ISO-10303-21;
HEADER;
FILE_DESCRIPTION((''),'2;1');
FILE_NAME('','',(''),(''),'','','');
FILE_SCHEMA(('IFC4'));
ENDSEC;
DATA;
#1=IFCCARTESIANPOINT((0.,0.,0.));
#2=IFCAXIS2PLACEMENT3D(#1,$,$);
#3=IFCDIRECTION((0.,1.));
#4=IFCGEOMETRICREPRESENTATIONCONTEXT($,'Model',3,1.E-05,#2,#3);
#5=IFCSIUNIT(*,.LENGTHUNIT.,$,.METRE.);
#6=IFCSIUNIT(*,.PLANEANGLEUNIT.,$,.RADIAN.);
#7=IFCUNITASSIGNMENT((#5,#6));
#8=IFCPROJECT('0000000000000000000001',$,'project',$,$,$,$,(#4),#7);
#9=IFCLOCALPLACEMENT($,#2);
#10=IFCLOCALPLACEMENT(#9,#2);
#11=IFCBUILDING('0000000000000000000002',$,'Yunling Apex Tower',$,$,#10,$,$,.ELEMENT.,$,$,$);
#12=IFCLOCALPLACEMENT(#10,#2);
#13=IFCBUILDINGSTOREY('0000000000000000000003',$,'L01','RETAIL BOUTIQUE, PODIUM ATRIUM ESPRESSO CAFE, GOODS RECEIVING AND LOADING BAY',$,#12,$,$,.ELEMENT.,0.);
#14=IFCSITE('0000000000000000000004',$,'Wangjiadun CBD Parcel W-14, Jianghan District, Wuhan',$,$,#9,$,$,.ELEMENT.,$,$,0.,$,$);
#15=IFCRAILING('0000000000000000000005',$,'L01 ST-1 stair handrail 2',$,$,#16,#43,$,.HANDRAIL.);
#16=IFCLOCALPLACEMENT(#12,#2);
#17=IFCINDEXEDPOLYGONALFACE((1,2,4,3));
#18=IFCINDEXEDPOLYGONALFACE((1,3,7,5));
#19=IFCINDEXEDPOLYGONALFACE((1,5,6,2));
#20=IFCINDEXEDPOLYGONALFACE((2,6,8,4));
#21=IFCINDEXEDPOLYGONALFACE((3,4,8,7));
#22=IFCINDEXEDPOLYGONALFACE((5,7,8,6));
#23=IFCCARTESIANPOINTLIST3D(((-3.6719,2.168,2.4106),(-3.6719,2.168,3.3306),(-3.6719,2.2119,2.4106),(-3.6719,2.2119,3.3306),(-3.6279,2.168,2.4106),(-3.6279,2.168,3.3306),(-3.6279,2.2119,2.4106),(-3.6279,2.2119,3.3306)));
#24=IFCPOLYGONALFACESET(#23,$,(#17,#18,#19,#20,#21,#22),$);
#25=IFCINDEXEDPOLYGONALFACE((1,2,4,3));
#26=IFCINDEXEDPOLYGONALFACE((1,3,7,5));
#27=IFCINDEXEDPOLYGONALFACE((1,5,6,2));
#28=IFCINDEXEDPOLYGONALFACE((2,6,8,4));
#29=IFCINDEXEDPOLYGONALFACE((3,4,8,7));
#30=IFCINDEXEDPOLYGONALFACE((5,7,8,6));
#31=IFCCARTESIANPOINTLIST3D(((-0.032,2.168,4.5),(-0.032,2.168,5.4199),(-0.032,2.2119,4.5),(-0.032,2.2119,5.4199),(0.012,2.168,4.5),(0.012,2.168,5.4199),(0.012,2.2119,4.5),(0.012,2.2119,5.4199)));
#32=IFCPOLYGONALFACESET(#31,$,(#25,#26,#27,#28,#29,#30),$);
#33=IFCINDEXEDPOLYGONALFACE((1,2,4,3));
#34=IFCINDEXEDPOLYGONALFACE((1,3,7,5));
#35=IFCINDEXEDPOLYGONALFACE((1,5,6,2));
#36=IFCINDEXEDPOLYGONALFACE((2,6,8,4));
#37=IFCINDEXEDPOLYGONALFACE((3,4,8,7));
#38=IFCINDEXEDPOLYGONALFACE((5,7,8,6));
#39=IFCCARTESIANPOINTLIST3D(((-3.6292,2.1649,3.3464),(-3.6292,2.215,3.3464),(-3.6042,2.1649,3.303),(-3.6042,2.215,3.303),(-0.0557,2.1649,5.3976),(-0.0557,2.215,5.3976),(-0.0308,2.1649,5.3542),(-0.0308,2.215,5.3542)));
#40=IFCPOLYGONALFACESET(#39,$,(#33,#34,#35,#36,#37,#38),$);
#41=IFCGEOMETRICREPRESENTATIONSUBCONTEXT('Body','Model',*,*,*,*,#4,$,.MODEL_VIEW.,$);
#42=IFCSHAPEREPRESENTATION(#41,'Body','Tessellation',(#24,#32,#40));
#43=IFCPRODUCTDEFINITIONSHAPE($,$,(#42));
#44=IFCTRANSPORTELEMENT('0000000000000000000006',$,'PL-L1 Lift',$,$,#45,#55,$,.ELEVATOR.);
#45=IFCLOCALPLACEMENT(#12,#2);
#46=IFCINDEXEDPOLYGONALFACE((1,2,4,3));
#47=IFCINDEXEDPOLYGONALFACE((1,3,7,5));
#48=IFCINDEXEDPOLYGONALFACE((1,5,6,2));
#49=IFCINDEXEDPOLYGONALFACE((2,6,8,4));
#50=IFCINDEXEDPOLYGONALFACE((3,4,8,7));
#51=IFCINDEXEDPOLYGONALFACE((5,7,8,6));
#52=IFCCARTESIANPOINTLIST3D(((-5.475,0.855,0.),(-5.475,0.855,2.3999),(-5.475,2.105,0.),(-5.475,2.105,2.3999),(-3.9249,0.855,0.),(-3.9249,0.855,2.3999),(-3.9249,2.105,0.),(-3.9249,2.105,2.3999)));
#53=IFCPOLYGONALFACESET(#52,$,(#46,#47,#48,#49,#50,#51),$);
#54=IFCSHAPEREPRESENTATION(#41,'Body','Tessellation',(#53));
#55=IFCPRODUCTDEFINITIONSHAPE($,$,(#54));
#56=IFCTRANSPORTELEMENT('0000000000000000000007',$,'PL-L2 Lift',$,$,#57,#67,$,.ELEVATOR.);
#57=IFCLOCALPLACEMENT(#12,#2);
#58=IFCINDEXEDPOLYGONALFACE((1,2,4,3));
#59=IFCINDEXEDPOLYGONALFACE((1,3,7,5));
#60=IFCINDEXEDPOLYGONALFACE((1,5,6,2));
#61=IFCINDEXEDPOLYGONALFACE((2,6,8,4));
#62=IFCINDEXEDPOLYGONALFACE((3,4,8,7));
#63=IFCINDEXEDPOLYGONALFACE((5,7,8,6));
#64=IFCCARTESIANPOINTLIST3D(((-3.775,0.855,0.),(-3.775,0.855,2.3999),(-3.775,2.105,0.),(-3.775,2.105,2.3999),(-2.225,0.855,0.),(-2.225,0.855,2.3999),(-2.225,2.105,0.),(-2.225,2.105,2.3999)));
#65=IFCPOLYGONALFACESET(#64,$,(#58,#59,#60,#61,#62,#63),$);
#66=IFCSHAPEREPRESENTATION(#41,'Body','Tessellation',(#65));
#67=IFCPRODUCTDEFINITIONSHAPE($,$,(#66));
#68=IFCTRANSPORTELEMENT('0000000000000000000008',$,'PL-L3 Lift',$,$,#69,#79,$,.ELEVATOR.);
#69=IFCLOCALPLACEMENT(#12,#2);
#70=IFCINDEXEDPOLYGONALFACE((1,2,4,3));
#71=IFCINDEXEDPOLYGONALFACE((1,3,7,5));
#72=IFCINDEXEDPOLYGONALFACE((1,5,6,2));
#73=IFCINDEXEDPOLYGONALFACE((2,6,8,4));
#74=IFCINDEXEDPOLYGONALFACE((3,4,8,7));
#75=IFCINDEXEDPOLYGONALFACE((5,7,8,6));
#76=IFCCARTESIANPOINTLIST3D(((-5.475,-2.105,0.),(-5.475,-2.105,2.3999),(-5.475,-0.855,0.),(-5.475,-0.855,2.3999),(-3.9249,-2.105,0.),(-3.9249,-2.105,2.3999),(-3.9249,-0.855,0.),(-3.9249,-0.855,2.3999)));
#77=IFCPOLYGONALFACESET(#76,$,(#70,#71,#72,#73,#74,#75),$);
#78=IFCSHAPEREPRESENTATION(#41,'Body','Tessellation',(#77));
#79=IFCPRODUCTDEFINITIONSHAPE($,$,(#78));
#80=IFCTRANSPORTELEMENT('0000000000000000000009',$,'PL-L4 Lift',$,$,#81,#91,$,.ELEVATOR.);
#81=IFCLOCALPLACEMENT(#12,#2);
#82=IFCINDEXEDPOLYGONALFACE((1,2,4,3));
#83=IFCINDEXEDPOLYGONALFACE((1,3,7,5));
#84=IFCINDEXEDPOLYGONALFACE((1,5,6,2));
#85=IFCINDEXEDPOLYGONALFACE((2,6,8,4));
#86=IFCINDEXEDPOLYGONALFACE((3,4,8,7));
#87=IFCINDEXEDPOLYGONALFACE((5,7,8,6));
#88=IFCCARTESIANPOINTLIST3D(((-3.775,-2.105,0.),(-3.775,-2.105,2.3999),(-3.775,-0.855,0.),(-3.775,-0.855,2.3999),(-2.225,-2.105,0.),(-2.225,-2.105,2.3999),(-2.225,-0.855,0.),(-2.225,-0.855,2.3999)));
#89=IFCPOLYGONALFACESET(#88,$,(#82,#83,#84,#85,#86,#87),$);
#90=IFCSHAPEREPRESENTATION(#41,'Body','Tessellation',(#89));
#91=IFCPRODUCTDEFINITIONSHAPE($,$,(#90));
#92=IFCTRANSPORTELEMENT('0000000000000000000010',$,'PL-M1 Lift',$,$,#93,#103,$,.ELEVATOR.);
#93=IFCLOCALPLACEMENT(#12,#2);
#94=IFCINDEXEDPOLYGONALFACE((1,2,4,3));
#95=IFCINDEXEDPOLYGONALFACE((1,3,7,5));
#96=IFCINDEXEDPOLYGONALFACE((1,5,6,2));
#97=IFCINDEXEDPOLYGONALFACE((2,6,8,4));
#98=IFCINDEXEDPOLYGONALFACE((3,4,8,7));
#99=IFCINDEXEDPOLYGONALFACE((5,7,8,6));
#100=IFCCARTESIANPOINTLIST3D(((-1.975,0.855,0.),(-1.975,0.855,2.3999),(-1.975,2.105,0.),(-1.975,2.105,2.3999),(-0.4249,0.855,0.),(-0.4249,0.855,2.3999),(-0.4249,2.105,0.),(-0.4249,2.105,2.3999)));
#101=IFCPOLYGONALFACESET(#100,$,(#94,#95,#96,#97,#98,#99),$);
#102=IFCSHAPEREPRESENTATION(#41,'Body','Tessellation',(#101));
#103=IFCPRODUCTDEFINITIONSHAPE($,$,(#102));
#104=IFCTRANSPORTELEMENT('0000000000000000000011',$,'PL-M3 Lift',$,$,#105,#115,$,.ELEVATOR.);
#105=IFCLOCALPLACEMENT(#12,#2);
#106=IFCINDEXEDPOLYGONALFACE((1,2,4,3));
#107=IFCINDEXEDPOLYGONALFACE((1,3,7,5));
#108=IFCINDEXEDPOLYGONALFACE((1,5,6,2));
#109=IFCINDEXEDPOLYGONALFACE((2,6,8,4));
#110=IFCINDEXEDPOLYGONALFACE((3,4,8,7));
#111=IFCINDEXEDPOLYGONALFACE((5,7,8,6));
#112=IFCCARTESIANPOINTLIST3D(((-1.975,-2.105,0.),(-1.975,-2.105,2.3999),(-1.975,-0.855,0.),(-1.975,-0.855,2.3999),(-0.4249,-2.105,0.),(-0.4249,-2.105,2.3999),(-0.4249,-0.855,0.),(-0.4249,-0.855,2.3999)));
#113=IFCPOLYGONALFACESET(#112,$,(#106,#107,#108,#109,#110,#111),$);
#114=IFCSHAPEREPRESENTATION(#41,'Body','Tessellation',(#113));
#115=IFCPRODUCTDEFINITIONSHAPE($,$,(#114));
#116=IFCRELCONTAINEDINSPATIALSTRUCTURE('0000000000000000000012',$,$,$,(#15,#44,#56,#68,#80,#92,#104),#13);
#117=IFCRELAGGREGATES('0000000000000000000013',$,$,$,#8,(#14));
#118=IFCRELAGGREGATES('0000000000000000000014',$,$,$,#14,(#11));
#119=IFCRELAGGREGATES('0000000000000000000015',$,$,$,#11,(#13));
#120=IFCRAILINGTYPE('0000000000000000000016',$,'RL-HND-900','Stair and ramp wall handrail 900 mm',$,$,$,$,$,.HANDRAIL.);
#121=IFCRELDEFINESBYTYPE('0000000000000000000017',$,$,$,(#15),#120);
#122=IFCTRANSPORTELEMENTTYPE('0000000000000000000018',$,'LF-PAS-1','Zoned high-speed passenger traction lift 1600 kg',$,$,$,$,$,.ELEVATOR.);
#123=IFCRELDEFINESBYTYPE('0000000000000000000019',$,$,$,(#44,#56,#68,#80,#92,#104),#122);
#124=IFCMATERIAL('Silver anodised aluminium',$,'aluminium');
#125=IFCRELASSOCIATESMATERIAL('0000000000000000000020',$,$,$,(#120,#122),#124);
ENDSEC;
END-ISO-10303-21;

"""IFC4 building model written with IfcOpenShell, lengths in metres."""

from ifc_helpers import new_model, si_unit, direction, frame, origin, origin_2d, place, context, subcontext, project, spatial, rectangle, extrude, source, transform, mapped, material, type_object, element, save


model = new_model("IFC4")

# Units and contexts
model_context = context("Model", 3, precision=1e-05, world=origin(), true_north=direction((0.0, 1.0)))
body_context = subcontext(model_context, "Body", "Model", "MODEL_VIEW")
ifc_project = project(units=[si_unit("LENGTHUNIT", "METRE"), si_unit("PLANEANGLEUNIT", "RADIAN")], contexts=[model_context])

# Site, building, storey
site_placement = place(None, origin())
site = spatial("IfcSite", under=ifc_project, at=site_placement, Name="Wangjiadun CBD Parcel W-14, Jianghan District, Wuhan", CompositionType="ELEMENT", RefElevation=0.0)
building_placement = place(site_placement, origin())
building = spatial("IfcBuilding", under=site, at=building_placement, Name="Yunling Apex Tower", CompositionType="ELEMENT")
storey_placement = place(building_placement, origin())
storey = spatial("IfcBuildingStorey", under=building, at=storey_placement, Name="L01", Description="RETAIL BOUTIQUE, PODIUM ATRIUM ESPRESSO CAFE, GOODS RECEIVING AND LOADING BAY", CompositionType="ELEMENT", Elevation=0.0)

# Railing
ifc_material_1 = material(Name="Silver anodised aluminium", Category="aluminium")
railing_type_1 = type_object("IfcRailingType", Name="RL-HND-900", Description="Stair and ramp wall handrail 900 mm", PredefinedType="HANDRAIL", material=ifc_material_1)
railing_1_placement = place(storey_placement, frame((-3.6499, 2.1899, 2.4106)))
element("IfcRailing", 1, at=railing_1_placement, inside=storey, type_object=railing_type_1, Name="L01 ST-1 stair handrail 2", PredefinedType="HANDRAIL", context=body_context, shape_type="SweptSolid", body=[
    extrude(rectangle(XDim=0.0439, YDim=0.0439, at=origin_2d()), origin(), (0.0, 0.0, 1.0), 0.9199),
    extrude(rectangle(XDim=0.0439, YDim=0.0439, at=origin_2d()), frame((3.6399, 0.0, 2.0894)), (0.0, 0.0, 1.0), 0.9199),
    extrude(rectangle(XDim=0.05, YDim=0.05, at=origin_2d()), frame((0.0332, 0.0, 0.9141), z_axis=(0.867275, 0.0, 0.497829), x_axis=(0.0, 1.0, 0.0)), (0.0, 0.0, 1.0), 4.1204),
])

# Transport elements
transport_element_type = type_object("IfcTransportElementType", Name="LF-PAS-1", Description="Zoned high-speed passenger traction lift 1600 kg", PredefinedType="ELEVATOR", material=ifc_material_1)
shared_shape_1 = source(origin(), body_context, "Body", "SweptSolid", [
    extrude(rectangle(XDim=1.55, YDim=1.25, at=origin_2d()), origin(), (0.0, 0.0, 1.0), 2.3999),
])
for number, where, z_axis, x_axis, name in (
    (2, (-4.7, 1.48, 0.0), (0.0, 0.0, 1.0), (1.0, 0.0, 0.0), "PL-L1 Lift"),
    (3, (-3.0, 1.48, 0.0), (0.0, 0.0, 1.0), (1.0, 0.0, 0.0), "PL-L2 Lift"),
    (4, (-4.7, -1.48, 0.0), (0.0, 0.0, 1.0), (1.0, 0.0, 0.0), "PL-L3 Lift"),
    (5, (-3.0, -1.48, 0.0), (0.0, 0.0, 1.0), (1.0, 0.0, 0.0), "PL-L4 Lift"),
    (6, (-1.2, 1.48, 0.0), (0.0, 0.0, 1.0), (1.0, 0.0, 0.0), "PL-M1 Lift"),
    (7, (-1.2, -1.48, 0.0), (0.0, 0.0, 1.0), (1.0, 0.0, 0.0), "PL-M3 Lift"),
):
    element("IfcTransportElement", number, at=place(storey_placement, frame(where, z_axis=z_axis, x_axis=x_axis)), inside=storey, type_object=transport_element_type, Name=name, PredefinedType="ELEVATOR", context=body_context, shape_type="MappedRepresentation", body=[
        mapped(shared_shape_1, transform((0.0, 0.0, 0.0), scale=1.0)),
    ])

save(model, "model.ifc")
